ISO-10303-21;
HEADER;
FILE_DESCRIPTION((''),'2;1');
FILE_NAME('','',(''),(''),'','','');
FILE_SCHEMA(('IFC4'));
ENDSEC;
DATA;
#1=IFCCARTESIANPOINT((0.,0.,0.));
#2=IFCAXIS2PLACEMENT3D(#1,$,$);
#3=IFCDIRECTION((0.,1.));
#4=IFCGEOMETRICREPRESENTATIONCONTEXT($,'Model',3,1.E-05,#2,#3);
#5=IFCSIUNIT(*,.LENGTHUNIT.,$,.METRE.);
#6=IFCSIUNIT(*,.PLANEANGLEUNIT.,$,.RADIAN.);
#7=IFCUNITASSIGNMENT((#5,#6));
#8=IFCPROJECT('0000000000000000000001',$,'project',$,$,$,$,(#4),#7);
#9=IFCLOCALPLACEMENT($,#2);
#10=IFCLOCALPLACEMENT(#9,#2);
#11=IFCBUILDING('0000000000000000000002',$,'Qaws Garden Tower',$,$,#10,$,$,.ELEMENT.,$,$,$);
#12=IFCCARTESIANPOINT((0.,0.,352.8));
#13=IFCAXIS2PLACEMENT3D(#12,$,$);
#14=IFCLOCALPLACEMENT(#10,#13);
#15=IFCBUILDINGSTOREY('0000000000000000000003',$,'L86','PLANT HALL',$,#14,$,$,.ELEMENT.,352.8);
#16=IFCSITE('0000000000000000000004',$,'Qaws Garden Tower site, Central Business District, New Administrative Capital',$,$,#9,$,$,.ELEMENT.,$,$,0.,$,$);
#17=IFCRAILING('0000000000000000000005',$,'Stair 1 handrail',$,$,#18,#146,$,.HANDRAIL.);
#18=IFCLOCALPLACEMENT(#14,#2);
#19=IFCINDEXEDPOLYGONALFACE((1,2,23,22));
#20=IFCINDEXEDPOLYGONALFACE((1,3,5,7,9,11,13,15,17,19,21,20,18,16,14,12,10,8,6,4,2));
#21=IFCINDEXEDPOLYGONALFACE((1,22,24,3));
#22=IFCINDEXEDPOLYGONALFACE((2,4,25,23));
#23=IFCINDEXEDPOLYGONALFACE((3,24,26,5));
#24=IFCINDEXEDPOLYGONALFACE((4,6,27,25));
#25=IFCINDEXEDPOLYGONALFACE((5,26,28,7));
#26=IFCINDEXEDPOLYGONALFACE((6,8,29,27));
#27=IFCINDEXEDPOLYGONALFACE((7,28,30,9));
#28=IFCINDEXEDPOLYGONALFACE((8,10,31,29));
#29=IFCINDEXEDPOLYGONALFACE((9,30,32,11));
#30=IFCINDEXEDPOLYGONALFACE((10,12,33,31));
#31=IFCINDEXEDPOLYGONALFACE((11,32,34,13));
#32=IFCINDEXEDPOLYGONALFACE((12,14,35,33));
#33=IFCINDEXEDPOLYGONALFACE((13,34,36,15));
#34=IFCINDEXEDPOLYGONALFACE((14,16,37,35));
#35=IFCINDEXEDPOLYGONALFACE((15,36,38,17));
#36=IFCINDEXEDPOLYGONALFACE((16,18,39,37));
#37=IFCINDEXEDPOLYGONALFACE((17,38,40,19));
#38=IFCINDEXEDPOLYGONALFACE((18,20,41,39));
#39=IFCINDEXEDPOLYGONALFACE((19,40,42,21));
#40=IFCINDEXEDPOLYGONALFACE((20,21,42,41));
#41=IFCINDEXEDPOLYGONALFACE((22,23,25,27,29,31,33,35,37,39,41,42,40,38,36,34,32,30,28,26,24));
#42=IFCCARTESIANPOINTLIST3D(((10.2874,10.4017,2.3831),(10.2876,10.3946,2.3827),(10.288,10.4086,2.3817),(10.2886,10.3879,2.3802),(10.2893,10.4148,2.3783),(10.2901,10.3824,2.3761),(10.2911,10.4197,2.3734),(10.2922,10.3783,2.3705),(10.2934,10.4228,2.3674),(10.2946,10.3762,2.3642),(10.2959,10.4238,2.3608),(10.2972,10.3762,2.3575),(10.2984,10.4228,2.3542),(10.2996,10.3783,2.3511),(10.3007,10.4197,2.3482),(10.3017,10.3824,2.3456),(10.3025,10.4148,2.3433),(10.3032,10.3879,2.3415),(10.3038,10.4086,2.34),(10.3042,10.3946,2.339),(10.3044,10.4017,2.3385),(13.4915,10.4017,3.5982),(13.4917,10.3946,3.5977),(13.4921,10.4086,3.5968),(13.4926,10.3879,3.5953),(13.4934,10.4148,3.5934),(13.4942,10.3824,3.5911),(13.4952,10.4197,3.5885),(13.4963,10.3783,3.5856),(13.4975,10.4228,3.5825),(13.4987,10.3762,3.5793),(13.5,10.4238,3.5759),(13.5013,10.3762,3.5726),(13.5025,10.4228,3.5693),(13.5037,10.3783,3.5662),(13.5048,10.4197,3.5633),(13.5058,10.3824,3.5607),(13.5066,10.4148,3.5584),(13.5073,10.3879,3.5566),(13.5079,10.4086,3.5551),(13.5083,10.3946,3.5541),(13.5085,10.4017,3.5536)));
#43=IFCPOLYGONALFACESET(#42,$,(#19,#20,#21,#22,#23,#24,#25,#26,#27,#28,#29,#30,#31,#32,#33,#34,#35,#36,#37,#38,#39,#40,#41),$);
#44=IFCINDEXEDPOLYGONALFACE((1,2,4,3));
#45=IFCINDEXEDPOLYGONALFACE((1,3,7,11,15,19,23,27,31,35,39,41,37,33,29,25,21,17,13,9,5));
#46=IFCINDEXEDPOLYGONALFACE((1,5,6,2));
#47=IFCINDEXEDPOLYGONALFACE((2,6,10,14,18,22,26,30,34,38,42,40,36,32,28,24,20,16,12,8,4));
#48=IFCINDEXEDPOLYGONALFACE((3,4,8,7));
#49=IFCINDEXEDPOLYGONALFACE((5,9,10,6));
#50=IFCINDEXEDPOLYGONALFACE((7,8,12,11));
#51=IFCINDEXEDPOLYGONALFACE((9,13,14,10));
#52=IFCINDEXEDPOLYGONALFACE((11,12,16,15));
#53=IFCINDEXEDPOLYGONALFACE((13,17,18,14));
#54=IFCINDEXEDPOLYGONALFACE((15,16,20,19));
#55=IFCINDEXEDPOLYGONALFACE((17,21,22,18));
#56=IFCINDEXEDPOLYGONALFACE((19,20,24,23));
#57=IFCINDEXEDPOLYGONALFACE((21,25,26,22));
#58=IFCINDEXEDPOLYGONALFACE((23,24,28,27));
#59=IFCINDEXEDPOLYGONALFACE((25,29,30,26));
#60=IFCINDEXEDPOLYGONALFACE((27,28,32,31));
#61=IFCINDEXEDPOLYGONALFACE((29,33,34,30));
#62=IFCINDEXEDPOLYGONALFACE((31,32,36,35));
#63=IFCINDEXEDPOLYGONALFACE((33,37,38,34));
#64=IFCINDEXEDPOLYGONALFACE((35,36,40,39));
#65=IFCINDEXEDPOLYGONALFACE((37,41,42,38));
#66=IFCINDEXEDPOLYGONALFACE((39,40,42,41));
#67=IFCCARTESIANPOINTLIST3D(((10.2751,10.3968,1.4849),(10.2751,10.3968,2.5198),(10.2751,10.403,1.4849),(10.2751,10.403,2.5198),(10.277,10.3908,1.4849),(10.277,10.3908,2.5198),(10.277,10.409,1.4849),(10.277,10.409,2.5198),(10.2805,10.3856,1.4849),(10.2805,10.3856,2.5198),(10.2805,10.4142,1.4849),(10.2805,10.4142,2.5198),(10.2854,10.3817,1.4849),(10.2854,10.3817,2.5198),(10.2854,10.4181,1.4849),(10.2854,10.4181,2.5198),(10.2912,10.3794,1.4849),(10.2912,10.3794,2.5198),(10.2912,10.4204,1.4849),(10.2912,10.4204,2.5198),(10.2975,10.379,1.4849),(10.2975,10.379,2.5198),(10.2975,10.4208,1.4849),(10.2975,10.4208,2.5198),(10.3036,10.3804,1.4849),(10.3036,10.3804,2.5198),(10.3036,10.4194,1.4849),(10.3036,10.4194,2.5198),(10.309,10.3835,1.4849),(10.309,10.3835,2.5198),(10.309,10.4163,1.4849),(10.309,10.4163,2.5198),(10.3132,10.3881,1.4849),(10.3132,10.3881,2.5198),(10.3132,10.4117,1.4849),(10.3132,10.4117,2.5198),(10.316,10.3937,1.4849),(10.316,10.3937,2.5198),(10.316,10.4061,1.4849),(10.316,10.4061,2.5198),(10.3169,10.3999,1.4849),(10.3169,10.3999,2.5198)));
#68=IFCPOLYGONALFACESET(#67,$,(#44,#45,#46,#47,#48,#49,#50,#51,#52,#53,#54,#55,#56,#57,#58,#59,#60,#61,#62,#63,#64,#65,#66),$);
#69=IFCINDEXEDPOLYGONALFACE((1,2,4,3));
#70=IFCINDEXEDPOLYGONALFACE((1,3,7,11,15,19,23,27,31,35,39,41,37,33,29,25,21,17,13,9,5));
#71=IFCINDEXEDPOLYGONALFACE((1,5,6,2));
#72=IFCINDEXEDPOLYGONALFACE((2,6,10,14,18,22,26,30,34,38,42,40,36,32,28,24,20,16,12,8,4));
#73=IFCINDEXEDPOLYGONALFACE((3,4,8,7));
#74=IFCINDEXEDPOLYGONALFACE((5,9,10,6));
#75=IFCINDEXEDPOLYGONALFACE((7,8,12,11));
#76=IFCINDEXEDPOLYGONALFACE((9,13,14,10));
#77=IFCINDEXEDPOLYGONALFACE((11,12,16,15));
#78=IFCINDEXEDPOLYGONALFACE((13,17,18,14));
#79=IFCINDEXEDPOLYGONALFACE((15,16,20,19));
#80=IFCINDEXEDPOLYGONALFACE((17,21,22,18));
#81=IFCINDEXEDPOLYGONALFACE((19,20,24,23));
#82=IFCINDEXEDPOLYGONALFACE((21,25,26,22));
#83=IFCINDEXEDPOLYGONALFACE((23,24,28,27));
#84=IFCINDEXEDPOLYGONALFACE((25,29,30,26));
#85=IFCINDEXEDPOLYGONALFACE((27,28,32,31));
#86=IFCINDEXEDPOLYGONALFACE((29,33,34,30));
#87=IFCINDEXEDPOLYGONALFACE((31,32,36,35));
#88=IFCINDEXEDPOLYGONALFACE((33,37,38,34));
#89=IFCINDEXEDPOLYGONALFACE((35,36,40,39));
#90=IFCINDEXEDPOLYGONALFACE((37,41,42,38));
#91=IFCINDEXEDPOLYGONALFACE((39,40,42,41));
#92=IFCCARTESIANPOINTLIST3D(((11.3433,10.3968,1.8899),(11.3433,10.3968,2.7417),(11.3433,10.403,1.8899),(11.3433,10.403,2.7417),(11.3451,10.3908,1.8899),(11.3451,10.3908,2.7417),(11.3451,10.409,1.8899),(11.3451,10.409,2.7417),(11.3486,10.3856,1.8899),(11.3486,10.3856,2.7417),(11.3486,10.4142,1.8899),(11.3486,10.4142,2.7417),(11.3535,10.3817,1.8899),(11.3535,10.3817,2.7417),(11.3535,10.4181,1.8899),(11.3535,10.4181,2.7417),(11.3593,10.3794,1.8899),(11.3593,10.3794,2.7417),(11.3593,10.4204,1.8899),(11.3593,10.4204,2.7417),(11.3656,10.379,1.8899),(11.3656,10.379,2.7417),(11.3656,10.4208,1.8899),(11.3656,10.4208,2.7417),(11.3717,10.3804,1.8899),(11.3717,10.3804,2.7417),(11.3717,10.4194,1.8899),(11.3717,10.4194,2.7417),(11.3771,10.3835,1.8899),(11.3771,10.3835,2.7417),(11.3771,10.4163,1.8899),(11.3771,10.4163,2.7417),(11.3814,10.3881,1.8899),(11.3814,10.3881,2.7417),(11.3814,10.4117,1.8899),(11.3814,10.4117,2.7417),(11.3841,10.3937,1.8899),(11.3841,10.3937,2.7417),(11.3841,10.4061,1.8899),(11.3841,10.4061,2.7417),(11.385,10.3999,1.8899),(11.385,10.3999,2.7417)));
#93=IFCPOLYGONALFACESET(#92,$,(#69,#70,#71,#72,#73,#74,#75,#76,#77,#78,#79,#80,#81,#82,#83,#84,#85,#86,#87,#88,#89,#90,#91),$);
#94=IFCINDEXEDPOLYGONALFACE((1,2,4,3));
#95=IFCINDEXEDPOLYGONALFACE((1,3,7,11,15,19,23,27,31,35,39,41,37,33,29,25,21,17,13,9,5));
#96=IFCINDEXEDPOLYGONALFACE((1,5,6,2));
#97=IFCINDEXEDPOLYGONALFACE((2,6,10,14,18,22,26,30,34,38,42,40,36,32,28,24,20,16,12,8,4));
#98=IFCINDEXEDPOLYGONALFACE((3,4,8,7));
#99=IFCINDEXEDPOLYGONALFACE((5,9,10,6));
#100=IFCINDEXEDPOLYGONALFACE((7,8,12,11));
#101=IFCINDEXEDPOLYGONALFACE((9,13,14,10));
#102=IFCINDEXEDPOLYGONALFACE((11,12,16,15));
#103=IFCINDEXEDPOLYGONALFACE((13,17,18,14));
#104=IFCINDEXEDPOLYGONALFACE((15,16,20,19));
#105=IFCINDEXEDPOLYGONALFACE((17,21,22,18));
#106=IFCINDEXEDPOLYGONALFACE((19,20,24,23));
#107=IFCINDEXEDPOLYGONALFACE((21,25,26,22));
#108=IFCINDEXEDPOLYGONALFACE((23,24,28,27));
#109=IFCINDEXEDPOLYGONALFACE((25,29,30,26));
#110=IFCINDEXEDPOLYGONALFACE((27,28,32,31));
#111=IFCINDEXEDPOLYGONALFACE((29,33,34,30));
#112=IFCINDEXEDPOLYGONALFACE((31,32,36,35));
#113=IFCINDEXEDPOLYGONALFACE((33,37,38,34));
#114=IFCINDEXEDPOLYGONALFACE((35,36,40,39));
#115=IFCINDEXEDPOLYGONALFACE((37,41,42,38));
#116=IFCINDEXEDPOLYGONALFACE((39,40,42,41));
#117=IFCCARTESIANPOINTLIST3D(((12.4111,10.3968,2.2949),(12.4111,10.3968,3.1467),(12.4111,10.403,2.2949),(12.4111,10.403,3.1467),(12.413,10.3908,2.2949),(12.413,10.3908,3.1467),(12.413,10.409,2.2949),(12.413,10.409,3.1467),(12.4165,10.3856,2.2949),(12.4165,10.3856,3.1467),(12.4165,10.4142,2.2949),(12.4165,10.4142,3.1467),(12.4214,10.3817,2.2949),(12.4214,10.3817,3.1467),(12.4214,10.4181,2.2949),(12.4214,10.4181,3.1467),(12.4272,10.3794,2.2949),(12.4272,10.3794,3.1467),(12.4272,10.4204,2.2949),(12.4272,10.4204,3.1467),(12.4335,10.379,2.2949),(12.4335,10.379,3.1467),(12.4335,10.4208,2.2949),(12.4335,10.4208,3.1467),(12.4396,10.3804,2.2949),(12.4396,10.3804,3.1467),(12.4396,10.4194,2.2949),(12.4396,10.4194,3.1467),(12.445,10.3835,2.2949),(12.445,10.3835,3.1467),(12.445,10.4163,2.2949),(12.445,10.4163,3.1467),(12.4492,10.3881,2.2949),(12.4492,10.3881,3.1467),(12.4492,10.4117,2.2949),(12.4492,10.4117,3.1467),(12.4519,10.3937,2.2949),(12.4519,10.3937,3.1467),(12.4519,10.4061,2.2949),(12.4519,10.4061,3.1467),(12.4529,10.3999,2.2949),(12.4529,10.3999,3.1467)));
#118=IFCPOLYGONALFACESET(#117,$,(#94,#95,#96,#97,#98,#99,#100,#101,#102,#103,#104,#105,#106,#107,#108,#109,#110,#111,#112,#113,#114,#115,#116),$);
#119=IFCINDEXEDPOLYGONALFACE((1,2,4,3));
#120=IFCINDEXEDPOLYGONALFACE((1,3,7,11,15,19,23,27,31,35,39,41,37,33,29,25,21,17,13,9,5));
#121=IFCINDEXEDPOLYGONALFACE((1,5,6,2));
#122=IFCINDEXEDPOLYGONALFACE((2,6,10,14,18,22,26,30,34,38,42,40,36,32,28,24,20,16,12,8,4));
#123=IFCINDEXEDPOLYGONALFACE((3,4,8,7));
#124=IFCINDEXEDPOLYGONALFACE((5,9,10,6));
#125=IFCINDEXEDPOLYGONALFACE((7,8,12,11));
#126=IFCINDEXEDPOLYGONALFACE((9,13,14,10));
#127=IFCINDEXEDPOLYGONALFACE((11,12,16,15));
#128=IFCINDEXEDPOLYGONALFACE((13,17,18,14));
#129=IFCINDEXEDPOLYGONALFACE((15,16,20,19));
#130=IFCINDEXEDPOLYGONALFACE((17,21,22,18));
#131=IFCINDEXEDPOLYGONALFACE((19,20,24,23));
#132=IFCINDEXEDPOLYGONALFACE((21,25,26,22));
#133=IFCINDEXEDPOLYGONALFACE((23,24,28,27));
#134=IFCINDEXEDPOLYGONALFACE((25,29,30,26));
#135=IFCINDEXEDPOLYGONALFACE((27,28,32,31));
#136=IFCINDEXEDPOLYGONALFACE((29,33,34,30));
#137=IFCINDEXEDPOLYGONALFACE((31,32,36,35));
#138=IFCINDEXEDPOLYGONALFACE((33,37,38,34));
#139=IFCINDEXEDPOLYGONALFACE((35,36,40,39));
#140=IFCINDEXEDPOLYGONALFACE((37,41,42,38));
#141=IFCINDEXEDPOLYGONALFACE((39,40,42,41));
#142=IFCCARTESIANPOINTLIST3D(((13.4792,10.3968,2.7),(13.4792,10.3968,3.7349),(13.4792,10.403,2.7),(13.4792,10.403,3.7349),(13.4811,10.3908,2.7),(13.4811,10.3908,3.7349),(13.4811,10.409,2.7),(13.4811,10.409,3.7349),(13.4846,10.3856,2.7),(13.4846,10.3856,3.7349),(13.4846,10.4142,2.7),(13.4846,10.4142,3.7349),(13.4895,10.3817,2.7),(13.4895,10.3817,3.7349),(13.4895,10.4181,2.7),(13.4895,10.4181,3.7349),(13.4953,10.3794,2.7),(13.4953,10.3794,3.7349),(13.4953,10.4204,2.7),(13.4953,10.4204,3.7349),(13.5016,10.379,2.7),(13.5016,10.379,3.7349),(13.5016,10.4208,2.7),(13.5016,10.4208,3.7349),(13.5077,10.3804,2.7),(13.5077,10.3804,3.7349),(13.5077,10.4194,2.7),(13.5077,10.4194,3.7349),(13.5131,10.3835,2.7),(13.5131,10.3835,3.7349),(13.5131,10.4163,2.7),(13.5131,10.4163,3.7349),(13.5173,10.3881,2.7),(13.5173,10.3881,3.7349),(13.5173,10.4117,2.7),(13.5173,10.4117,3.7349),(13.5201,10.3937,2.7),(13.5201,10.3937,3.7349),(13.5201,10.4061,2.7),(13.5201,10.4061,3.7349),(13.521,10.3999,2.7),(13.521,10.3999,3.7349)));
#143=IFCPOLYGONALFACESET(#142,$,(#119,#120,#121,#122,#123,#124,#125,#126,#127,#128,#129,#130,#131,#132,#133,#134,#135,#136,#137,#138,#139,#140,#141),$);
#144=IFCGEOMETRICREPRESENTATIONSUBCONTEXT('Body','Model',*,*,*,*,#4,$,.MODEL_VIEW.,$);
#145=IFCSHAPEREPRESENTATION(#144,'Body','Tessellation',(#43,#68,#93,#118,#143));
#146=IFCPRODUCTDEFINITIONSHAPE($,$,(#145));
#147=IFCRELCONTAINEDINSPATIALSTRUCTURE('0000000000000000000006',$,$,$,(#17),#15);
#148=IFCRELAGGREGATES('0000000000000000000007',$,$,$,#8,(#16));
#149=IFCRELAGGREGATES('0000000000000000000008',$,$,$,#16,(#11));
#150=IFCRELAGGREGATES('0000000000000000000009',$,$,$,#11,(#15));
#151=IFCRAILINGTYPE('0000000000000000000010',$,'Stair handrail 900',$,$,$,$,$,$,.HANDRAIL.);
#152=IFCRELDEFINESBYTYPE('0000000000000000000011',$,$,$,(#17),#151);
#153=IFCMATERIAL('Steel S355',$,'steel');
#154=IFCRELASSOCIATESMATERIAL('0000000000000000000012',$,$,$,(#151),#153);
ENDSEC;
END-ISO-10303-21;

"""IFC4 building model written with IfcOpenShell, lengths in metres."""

from ifc_helpers import new_model, si_unit, direction, frame, origin, origin_2d, place, context, subcontext, project, spatial, circle, extrude, material, type_object, element, save


model = new_model("IFC4")

# Units and contexts
model_context = context("Model", 3, precision=1e-05, world=origin(), true_north=direction((0.0, 1.0)))
body_context = subcontext(model_context, "Body", "Model", "MODEL_VIEW")
ifc_project = project(units=[si_unit("LENGTHUNIT", "METRE"), si_unit("PLANEANGLEUNIT", "RADIAN")], contexts=[model_context])

# Site, building, storey
site_placement = place(None, origin())
site = spatial("IfcSite", under=ifc_project, at=site_placement, Name="Qaws Garden Tower site, Central Business District, New Administrative Capital", CompositionType="ELEMENT", RefElevation=0.0)
building_placement = place(site_placement, origin())
building = spatial("IfcBuilding", under=site, at=building_placement, Name="Qaws Garden Tower", CompositionType="ELEMENT")
storey_placement = place(building_placement, frame((0.0, 0.0, 352.8)))
storey = spatial("IfcBuildingStorey", under=building, at=storey_placement, Name="L86", Description="PLANT HALL", CompositionType="ELEMENT", Elevation=352.8)

# Railing
ifc_material_1 = material(Name="Steel S355", Category="steel")
railing_type = type_object("IfcRailingType", Name="Stair handrail 900", PredefinedType="HANDRAIL", material=ifc_material_1)
railing_1_placement = place(storey_placement, frame((10.2959, 10.3999, 1.4849)))
element("IfcRailing", 1, at=railing_1_placement, inside=storey, type_object=railing_type, Name="Stair 1 handrail", PredefinedType="HANDRAIL", context=body_context, shape_type="SweptSolid", body=[
    extrude(circle(Radius=0.0239, at=origin_2d()), frame((0.0, 0.0, 0.876), z_axis=(0.935023, 0.0, 0.354588), x_axis=(0.0, 1.0, 0.0)), (0.0, 0.0, 1.0), 3.4268),
    extrude(circle(Radius=0.021, at=origin_2d()), origin(), (0.0, 0.0, 1.0), 1.0349),
    extrude(circle(Radius=0.021, at=origin_2d()), frame((1.0681, 0.0, 0.405)), (0.0, 0.0, 1.0), 0.8518),
    extrude(circle(Radius=0.021, at=origin_2d()), frame((2.136, 0.0, 0.8101)), (0.0, 0.0, 1.0), 0.8518),
    extrude(circle(Radius=0.021, at=origin_2d()), frame((3.2041, 0.0, 1.2151)), (0.0, 0.0, 1.0), 1.0349),
])

save(model, "model.ifc")
